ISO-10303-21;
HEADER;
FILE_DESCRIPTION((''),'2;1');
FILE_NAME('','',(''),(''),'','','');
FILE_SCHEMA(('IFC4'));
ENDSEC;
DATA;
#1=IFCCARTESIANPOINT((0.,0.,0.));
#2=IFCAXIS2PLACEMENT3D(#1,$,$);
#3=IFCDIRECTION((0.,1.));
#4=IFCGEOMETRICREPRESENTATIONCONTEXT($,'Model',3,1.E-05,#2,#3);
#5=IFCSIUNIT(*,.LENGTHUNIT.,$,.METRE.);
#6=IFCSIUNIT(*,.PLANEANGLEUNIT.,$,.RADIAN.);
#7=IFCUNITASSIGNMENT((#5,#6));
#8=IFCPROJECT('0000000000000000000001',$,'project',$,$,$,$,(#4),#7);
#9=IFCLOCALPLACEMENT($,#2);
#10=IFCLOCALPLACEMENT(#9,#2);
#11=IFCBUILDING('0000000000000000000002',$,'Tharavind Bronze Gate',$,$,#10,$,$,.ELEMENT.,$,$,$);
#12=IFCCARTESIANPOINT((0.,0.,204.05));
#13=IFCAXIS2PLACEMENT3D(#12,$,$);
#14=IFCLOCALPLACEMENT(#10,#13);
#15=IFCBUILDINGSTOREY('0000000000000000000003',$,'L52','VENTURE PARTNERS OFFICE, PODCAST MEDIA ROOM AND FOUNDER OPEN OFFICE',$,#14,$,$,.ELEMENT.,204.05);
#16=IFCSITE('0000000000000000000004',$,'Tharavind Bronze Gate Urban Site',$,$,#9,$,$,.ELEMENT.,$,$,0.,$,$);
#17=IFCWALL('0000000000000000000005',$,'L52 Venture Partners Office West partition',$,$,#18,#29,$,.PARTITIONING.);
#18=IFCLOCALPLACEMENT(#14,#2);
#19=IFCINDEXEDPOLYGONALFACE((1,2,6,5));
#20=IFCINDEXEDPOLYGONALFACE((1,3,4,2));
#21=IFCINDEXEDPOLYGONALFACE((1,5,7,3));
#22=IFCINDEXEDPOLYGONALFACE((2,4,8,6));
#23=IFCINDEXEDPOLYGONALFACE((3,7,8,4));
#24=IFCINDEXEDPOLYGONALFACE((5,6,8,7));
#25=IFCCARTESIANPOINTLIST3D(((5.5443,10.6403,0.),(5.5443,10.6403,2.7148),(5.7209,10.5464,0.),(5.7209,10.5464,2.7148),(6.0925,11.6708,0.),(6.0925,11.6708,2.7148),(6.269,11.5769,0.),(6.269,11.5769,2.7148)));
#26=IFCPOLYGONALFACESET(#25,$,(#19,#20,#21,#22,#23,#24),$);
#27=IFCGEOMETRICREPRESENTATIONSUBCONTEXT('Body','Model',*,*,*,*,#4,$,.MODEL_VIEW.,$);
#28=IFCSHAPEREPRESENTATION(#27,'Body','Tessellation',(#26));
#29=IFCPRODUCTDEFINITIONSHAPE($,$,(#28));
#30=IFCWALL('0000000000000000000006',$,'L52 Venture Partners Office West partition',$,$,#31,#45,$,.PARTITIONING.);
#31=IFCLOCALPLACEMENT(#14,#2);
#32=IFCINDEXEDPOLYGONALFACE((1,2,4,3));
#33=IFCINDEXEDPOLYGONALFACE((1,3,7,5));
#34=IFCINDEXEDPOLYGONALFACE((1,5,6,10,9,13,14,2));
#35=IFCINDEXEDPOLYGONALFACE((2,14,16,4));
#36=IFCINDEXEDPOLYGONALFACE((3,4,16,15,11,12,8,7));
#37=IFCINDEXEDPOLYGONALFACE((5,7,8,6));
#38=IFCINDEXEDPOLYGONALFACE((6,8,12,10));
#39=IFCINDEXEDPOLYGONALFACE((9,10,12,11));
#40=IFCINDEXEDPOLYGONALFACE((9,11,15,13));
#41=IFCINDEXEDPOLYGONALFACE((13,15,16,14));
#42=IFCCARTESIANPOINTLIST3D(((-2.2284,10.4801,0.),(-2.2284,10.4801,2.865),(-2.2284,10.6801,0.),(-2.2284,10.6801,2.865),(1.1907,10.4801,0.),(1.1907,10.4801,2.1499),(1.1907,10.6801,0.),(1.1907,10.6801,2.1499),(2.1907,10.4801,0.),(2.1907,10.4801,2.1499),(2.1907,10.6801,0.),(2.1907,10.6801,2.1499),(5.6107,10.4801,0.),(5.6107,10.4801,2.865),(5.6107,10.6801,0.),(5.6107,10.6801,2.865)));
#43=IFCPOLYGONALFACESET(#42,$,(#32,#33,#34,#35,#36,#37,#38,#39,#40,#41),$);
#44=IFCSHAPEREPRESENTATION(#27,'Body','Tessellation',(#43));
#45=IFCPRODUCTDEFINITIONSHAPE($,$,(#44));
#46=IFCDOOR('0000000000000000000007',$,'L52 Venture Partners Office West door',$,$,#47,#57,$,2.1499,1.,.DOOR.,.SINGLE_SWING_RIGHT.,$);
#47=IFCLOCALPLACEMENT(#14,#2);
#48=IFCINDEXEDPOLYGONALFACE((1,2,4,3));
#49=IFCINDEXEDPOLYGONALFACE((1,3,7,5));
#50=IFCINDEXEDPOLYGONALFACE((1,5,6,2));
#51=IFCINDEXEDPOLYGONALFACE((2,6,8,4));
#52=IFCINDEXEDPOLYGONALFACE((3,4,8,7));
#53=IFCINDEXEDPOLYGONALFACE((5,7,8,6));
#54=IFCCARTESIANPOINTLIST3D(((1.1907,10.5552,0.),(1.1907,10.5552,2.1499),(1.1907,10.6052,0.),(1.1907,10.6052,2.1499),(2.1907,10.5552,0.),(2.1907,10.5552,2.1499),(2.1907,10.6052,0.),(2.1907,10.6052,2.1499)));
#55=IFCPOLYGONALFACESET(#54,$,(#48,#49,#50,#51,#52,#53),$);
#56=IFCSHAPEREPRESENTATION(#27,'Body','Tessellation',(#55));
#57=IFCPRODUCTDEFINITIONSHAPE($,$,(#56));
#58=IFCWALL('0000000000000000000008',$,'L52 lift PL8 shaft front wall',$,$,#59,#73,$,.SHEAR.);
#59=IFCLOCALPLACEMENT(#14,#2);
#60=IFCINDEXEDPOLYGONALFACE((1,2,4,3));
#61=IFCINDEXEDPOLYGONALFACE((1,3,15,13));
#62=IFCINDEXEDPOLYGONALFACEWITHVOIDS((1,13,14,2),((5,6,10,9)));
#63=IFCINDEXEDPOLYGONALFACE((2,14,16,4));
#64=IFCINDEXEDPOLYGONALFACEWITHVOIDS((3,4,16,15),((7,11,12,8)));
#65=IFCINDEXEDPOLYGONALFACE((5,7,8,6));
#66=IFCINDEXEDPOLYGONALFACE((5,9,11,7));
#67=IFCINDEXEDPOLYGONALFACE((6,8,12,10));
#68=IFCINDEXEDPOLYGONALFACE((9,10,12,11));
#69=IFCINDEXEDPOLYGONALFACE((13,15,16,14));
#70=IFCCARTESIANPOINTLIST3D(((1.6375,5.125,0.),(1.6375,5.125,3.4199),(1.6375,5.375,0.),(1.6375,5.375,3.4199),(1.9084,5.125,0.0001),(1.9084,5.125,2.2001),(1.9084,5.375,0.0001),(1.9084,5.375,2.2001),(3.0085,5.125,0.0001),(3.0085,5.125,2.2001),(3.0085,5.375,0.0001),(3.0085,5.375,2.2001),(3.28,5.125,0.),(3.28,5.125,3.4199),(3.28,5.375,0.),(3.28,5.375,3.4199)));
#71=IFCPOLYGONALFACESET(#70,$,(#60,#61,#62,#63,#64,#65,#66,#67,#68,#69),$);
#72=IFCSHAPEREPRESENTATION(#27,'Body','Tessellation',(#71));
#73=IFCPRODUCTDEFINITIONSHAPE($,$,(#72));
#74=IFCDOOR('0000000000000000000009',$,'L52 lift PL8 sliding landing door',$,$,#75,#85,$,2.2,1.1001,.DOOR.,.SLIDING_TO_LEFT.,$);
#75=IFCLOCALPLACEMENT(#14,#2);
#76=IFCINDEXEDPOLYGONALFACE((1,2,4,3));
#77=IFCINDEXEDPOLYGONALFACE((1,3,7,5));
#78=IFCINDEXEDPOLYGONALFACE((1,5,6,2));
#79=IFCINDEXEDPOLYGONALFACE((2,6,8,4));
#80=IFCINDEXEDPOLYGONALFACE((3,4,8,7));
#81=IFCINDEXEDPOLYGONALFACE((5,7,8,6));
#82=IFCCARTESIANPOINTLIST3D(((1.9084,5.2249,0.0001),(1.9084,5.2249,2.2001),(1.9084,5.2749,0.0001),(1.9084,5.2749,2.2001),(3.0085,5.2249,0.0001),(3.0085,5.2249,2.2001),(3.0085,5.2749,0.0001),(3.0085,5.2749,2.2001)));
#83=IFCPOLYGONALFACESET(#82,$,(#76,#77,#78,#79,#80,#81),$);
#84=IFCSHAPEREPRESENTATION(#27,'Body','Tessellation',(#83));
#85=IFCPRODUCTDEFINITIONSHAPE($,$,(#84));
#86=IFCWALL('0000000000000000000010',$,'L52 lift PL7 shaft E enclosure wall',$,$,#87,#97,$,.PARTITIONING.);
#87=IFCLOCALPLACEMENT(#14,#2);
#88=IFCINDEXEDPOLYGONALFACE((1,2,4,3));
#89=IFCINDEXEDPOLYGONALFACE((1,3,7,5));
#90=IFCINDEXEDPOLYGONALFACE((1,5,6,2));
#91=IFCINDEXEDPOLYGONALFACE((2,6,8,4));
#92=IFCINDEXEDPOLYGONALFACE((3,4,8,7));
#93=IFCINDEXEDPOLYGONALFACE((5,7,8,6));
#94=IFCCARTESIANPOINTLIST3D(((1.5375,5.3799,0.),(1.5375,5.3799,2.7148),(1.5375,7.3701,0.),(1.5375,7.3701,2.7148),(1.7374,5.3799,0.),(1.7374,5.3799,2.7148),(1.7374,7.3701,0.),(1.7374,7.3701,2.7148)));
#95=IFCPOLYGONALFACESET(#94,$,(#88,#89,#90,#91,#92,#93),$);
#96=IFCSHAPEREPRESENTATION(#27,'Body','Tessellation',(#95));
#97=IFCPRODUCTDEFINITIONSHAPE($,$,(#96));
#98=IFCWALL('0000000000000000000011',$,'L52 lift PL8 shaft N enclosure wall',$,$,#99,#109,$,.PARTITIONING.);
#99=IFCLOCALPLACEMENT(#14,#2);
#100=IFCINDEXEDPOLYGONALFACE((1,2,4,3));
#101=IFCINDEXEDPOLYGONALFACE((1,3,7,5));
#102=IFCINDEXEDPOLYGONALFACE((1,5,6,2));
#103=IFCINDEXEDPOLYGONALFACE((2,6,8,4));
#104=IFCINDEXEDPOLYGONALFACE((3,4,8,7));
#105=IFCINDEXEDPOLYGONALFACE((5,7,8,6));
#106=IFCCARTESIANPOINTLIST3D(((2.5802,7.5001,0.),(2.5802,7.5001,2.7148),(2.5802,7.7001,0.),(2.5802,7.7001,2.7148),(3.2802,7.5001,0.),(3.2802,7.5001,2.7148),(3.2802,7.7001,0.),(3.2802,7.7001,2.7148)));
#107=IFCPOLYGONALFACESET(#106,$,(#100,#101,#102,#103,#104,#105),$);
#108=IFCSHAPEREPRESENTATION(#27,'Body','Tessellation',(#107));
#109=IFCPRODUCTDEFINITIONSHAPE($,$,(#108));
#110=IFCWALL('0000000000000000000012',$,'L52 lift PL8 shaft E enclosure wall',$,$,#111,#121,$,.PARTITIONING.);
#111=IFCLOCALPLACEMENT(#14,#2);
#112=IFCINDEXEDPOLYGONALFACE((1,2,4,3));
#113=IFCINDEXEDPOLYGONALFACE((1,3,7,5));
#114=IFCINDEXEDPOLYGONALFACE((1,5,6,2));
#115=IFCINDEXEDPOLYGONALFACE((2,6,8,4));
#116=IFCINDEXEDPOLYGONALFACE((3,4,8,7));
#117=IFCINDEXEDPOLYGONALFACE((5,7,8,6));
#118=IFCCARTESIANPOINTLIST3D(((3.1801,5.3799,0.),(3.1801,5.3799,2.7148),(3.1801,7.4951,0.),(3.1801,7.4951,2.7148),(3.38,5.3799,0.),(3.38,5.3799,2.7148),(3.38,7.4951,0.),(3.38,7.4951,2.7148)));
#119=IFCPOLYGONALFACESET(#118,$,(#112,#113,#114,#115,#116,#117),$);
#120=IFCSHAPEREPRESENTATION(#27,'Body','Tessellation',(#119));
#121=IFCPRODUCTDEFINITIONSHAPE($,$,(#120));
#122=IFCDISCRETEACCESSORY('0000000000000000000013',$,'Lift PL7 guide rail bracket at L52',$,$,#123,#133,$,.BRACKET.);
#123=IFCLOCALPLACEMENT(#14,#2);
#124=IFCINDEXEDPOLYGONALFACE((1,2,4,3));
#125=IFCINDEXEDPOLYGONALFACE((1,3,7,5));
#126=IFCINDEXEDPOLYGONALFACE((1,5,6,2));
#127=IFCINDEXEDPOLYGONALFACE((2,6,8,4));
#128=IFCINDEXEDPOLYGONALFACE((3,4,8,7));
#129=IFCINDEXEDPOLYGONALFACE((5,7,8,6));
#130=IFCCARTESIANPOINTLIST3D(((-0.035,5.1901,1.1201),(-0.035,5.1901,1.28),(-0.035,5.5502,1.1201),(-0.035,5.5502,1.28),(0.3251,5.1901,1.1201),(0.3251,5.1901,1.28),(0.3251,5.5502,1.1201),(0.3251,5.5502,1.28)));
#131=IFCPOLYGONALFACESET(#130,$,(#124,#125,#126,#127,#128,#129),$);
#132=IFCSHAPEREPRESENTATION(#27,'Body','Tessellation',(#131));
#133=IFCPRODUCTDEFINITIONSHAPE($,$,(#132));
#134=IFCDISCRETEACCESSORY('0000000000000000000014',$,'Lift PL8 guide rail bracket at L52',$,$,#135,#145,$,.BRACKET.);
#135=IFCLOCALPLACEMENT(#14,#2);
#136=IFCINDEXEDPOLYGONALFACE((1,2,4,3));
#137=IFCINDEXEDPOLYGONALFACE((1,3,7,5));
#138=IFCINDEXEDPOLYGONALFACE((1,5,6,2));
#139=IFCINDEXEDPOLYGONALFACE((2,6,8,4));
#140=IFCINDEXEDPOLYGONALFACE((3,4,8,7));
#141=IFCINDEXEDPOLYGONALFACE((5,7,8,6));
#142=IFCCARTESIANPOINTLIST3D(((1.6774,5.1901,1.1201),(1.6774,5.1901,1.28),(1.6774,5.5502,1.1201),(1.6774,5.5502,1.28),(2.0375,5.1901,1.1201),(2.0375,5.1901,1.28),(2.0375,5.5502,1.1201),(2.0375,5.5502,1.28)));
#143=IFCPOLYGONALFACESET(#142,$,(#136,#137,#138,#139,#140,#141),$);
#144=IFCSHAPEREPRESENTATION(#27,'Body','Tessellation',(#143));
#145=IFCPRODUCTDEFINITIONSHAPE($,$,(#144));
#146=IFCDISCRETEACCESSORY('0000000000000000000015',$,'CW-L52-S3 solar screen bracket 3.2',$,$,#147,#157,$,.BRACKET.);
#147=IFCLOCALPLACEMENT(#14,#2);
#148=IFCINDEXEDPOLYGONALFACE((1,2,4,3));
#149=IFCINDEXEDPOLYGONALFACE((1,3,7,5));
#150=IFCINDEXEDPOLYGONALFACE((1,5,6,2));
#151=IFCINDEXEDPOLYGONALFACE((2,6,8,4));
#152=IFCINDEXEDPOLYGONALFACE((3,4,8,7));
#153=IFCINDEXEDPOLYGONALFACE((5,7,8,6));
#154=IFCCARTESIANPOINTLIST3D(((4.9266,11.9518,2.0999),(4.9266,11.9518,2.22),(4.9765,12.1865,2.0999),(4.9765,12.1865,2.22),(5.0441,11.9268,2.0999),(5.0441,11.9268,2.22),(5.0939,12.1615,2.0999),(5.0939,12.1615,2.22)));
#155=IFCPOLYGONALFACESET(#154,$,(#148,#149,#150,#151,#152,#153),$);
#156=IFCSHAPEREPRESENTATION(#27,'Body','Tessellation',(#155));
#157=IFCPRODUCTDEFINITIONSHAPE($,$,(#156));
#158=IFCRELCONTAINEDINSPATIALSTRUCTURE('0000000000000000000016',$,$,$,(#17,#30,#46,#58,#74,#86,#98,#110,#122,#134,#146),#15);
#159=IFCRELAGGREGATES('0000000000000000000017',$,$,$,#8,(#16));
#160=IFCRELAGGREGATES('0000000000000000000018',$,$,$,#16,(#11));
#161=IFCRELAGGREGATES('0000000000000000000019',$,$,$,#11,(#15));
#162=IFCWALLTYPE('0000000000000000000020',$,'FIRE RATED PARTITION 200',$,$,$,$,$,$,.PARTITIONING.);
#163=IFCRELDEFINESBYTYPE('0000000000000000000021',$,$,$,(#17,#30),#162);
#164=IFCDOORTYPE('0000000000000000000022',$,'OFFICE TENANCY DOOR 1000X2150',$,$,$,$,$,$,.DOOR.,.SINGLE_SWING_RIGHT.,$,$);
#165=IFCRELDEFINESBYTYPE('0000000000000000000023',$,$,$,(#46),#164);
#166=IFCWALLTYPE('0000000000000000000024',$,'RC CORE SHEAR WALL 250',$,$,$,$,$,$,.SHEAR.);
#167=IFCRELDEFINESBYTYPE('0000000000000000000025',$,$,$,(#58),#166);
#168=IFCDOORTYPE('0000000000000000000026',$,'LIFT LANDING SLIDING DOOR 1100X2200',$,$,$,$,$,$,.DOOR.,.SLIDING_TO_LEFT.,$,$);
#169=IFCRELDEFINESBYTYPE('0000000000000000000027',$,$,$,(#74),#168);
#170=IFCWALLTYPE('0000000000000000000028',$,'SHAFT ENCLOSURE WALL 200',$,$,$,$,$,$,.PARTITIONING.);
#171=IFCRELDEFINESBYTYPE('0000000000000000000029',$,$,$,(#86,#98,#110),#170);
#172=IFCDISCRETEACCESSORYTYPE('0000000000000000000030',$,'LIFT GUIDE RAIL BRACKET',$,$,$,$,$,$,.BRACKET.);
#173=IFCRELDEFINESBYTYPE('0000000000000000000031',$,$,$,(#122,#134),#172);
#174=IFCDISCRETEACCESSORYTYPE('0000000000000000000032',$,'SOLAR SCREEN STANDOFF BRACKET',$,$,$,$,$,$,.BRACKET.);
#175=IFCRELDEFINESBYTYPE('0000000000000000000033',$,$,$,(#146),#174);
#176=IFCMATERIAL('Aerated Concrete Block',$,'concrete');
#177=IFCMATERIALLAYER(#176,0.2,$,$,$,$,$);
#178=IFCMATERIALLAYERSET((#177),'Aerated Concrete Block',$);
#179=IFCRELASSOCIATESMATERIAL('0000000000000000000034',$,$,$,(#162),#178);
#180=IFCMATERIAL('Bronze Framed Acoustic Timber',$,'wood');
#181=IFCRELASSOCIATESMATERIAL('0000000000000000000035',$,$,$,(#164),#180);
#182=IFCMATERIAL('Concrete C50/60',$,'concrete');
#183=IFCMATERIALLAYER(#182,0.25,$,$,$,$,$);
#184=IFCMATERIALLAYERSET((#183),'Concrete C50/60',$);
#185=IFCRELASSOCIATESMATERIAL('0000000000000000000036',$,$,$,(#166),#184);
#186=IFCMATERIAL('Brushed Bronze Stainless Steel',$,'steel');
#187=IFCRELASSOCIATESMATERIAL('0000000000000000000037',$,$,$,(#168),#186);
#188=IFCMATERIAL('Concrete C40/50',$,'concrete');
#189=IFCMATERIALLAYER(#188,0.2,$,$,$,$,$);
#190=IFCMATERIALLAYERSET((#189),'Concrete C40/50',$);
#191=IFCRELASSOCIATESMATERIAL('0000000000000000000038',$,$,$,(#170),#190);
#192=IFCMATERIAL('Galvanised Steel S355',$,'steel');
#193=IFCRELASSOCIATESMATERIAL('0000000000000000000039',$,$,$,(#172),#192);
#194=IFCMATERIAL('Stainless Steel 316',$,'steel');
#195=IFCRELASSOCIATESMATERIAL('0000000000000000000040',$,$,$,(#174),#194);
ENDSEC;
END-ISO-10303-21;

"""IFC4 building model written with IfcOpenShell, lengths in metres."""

from ifc_helpers import new_model, si_unit, direction, frame, frame_2d, origin, origin_2d, place, context, subcontext, project, spatial, rectangle, extrude, material, layer, layer_set, type_object, element, fill, save


model = new_model("IFC4")

# Units and contexts
model_context = context("Model", 3, precision=1e-05, world=origin(), true_north=direction((0.0, 1.0)))
body_context = subcontext(model_context, "Body", "Model", "MODEL_VIEW")
ifc_project = project(units=[si_unit("LENGTHUNIT", "METRE"), si_unit("PLANEANGLEUNIT", "RADIAN")], contexts=[model_context])

# Site, building, storey
site_placement = place(None, origin())
site = spatial("IfcSite", under=ifc_project, at=site_placement, Name="Tharavind Bronze Gate Urban Site", CompositionType="ELEMENT", RefElevation=0.0)
building_placement = place(site_placement, origin())
building = spatial("IfcBuilding", under=site, at=building_placement, Name="Tharavind Bronze Gate", CompositionType="ELEMENT")
storey_placement = place(building_placement, frame((0.0, 0.0, 204.05)))
storey = spatial("IfcBuildingStorey", under=building, at=storey_placement, Name="L52", Description="VENTURE PARTNERS OFFICE, PODCAST MEDIA ROOM AND FOUNDER OPEN OFFICE", CompositionType="ELEMENT", Elevation=204.05)

# Wall
ifc_material_1 = material(Name="Aerated Concrete Block", Category="concrete")
ifc_layer_1 = layer(ifc_material_1, 0.2)
ifc_layer_set_1 = layer_set([ifc_layer_1], Name="Aerated Concrete Block")
wall_type_1 = type_object("IfcWallType", Name="FIRE RATED PARTITION 200", PredefinedType="PARTITIONING", material=ifc_layer_set_1)
wall_1_placement = place(storey_placement, frame((6.1807, 11.6238, 0.0), z_axis=(0.0, 0.0, 1.0), x_axis=(-0.469578, -0.882891, 0.0)))
element("IfcWall", 1, at=wall_1_placement, inside=storey, type_object=wall_type_1, Name="L52 Venture Partners Office West partition", PredefinedType="PARTITIONING", context=body_context, shape_type="SweptSolid", body=[
    extrude(rectangle(XDim=1.1672, YDim=0.2, at=frame_2d((0.5835, 0.0))), origin(), (0.0, 0.0, 1.0), 2.7148),
])

# Walls, openings, doors
wall_2_placement = place(storey_placement, frame((5.6106, 10.5801, 0.0), z_axis=(0.0, 0.0, 1.0), x_axis=(-1.0, 0.0, 0.0)))
wall_2 = element("IfcWall", 2, at=wall_2_placement, inside=storey, type_object=wall_type_1, Name="L52 Venture Partners Office West partition", PredefinedType="PARTITIONING", context=body_context, shape_type="SweptSolid", body=[
    extrude(rectangle(XDim=7.8391, YDim=0.2, at=frame_2d((3.9194, 0.0))), origin(), (0.0, 0.0, 1.0), 2.865),
])
opening_1_placement = place(wall_2_placement, frame((3.4199, 0.0, 0.0)))
opening_1 = element("IfcOpeningElement", 3, at=opening_1_placement, cuts=wall_2, PredefinedType="OPENING", context=body_context, shape_type="SweptSolid", body=[
    extrude(rectangle(XDim=1.0, YDim=2.1499, at=frame_2d((0.5, 1.075))), frame((0.0, 0.1101, 0.0), z_axis=(0.0, -1.0, 0.0), x_axis=(1.0, 0.0, 0.0)), (0.0, 0.0, 1.0), 0.22),
])
ifc_material_2 = material(Name="Bronze Framed Acoustic Timber", Category="wood")
door_type_1 = type_object("IfcDoorType", Name="OFFICE TENANCY DOOR 1000X2150", OperationType="SINGLE_SWING_RIGHT", PredefinedType="DOOR", material=ifc_material_2)
door_1_placement = place(opening_1_placement, origin())
door_1 = element("IfcDoor", 4, at=door_1_placement, inside=storey, type_object=door_type_1, Name="L52 Venture Partners Office West door", OperationType="SINGLE_SWING_RIGHT", OverallHeight=2.1499, OverallWidth=1.0, PredefinedType="DOOR", context=body_context, shape_type="SweptSolid", body=[
    extrude(rectangle(XDim=1.0, YDim=2.1499, at=frame_2d((0.5, 1.075))), frame((0.0, 0.0249, 0.0), z_axis=(0.0, -1.0, 0.0), x_axis=(1.0, 0.0, 0.0)), (0.0, 0.0, 1.0), 0.05),
])
fill(opening_1, door_1)
ifc_material_3 = material(Name="Concrete C50/60", Category="concrete")
ifc_layer_2 = layer(ifc_material_3, 0.25)
ifc_layer_set_2 = layer_set([ifc_layer_2], Name="Concrete C50/60")
wall_type_2 = type_object("IfcWallType", Name="RC CORE SHEAR WALL 250", PredefinedType="SHEAR", material=ifc_layer_set_2)
wall_3_placement = place(storey_placement, frame((1.6375, 5.25, 0.0), z_axis=(0.0, 0.0, 1.0), x_axis=(1.0, 0.0, 0.0)))
wall_3 = element("IfcWall", 5, at=wall_3_placement, inside=storey, type_object=wall_type_2, Name="L52 lift PL8 shaft front wall", PredefinedType="SHEAR", context=body_context, shape_type="SweptSolid", body=[
    extrude(rectangle(XDim=1.6426, YDim=0.25, at=frame_2d((0.8213, 0.0))), origin(), (0.0, 0.0, 1.0), 3.4199),
])
opening_2_placement = place(wall_3_placement, frame((0.271, 0.0, 0.0)))
opening_2 = element("IfcOpeningElement", 6, at=opening_2_placement, cuts=wall_3, PredefinedType="OPENING", context=body_context, shape_type="SweptSolid", body=[
    extrude(rectangle(XDim=1.1001, YDim=2.2, at=frame_2d((0.55, 1.1001))), frame((0.0, 0.135, 0.0), z_axis=(0.0, -1.0, 0.0), x_axis=(1.0, 0.0, 0.0)), (0.0, 0.0, 1.0), 0.27),
])
ifc_material_4 = material(Name="Brushed Bronze Stainless Steel", Category="steel")
door_type_2 = type_object("IfcDoorType", Name="LIFT LANDING SLIDING DOOR 1100X2200", OperationType="SLIDING_TO_LEFT", PredefinedType="DOOR", material=ifc_material_4)
door_2_placement = place(opening_2_placement, origin())
door_2 = element("IfcDoor", 7, at=door_2_placement, inside=storey, type_object=door_type_2, Name="L52 lift PL8 sliding landing door", OperationType="SLIDING_TO_LEFT", OverallHeight=2.2, OverallWidth=1.1001, PredefinedType="DOOR", context=body_context, shape_type="SweptSolid", body=[
    extrude(rectangle(XDim=1.1001, YDim=2.2, at=frame_2d((0.55, 1.1001))), frame((0.0, 0.0249, 0.0), z_axis=(0.0, -1.0, 0.0), x_axis=(1.0, 0.0, 0.0)), (0.0, 0.0, 1.0), 0.05),
])
fill(opening_2, door_2)

# Walls
ifc_material_5 = material(Name="Concrete C40/50", Category="concrete")
ifc_layer_3 = layer(ifc_material_5, 0.2)
ifc_layer_set_3 = layer_set([ifc_layer_3], Name="Concrete C40/50")
wall_type_3 = type_object("IfcWallType", Name="SHAFT ENCLOSURE WALL 200", PredefinedType="PARTITIONING", material=ifc_layer_set_3)
wall_4_placement = place(storey_placement, frame((1.6375, 5.3799, 0.0), z_axis=(0.0, 0.0, 1.0), x_axis=(0.0, 1.0, 0.0)))
element("IfcWall", 8, at=wall_4_placement, inside=storey, type_object=wall_type_3, Name="L52 lift PL7 shaft E enclosure wall", PredefinedType="PARTITIONING", context=body_context, shape_type="SweptSolid", body=[
    extrude(rectangle(XDim=1.9902, YDim=0.2, at=frame_2d((0.9951, 0.0))), origin(), (0.0, 0.0, 1.0), 2.7148),
])
wall_5_placement = place(storey_placement, frame((2.5801, 7.6001, 0.0), z_axis=(0.0, 0.0, 1.0), x_axis=(1.0, 0.0, 0.0)))
element("IfcWall", 9, at=wall_5_placement, inside=storey, type_object=wall_type_3, Name="L52 lift PL8 shaft N enclosure wall", PredefinedType="PARTITIONING", context=body_context, shape_type="SweptSolid", body=[
    extrude(rectangle(XDim=0.7, YDim=0.2, at=frame_2d((0.3501, 0.0))), origin(), (0.0, 0.0, 1.0), 2.7148),
])
wall_6_placement = place(storey_placement, frame((3.28, 5.3799, 0.0), z_axis=(0.0, 0.0, 1.0), x_axis=(0.0, 1.0, 0.0)))
element("IfcWall", 10, at=wall_6_placement, inside=storey, type_object=wall_type_3, Name="L52 lift PL8 shaft E enclosure wall", PredefinedType="PARTITIONING", context=body_context, shape_type="SweptSolid", body=[
    extrude(rectangle(XDim=2.1152, YDim=0.2, at=frame_2d((1.0576, 0.0))), origin(), (0.0, 0.0, 1.0), 2.7148),
])

# Discrete accessories
ifc_material_6 = material(Name="Galvanised Steel S355", Category="steel")
discrete_accessory_type_1 = type_object("IfcDiscreteAccessoryType", Name="LIFT GUIDE RAIL BRACKET", PredefinedType="BRACKET", material=ifc_material_6)
for number, where, z_axis, x_axis, name in (
    (11, (0.145, 5.3701, 1.1201), (0.0, 0.0, 1.0), (1.0, 0.0, 0.0), "Lift PL7 guide rail bracket at L52"),
    (12, (1.8574, 5.3701, 1.1201), (0.0, 0.0, 1.0), (1.0, 0.0, 0.0), "Lift PL8 guide rail bracket at L52"),
):
    element("IfcDiscreteAccessory", number, at=place(storey_placement, frame(where, z_axis=z_axis, x_axis=x_axis)), inside=storey, type_object=discrete_accessory_type_1, Name=name, PredefinedType="BRACKET", context=body_context, shape_type="SweptSolid", body=[
        extrude(rectangle(XDim=0.3601, YDim=0.3601, at=origin_2d()), origin(), (0.0, 0.0, 1.0), 0.1599),
    ])
ifc_material_7 = material(Name="Stainless Steel 316", Category="steel")
discrete_accessory_type_2 = type_object("IfcDiscreteAccessoryType", Name="SOLAR SCREEN STANDOFF BRACKET", PredefinedType="BRACKET", material=ifc_material_7)
discrete_accessory_placement = place(storey_placement, frame((5.0103, 12.0566, 2.0999), z_axis=(0.0, 0.0, 1.0), x_axis=(-0.978148, 0.207912, 0.0)))
element("IfcDiscreteAccessory", 13, at=discrete_accessory_placement, inside=storey, type_object=discrete_accessory_type_2, Name="CW-L52-S3 solar screen bracket 3.2", PredefinedType="BRACKET", context=body_context, shape_type="SweptSolid", body=[
    extrude(rectangle(XDim=0.1201, YDim=0.24, at=origin_2d()), origin(), (0.0, 0.0, 1.0), 0.1201),
])

save(model, "model.ifc")
